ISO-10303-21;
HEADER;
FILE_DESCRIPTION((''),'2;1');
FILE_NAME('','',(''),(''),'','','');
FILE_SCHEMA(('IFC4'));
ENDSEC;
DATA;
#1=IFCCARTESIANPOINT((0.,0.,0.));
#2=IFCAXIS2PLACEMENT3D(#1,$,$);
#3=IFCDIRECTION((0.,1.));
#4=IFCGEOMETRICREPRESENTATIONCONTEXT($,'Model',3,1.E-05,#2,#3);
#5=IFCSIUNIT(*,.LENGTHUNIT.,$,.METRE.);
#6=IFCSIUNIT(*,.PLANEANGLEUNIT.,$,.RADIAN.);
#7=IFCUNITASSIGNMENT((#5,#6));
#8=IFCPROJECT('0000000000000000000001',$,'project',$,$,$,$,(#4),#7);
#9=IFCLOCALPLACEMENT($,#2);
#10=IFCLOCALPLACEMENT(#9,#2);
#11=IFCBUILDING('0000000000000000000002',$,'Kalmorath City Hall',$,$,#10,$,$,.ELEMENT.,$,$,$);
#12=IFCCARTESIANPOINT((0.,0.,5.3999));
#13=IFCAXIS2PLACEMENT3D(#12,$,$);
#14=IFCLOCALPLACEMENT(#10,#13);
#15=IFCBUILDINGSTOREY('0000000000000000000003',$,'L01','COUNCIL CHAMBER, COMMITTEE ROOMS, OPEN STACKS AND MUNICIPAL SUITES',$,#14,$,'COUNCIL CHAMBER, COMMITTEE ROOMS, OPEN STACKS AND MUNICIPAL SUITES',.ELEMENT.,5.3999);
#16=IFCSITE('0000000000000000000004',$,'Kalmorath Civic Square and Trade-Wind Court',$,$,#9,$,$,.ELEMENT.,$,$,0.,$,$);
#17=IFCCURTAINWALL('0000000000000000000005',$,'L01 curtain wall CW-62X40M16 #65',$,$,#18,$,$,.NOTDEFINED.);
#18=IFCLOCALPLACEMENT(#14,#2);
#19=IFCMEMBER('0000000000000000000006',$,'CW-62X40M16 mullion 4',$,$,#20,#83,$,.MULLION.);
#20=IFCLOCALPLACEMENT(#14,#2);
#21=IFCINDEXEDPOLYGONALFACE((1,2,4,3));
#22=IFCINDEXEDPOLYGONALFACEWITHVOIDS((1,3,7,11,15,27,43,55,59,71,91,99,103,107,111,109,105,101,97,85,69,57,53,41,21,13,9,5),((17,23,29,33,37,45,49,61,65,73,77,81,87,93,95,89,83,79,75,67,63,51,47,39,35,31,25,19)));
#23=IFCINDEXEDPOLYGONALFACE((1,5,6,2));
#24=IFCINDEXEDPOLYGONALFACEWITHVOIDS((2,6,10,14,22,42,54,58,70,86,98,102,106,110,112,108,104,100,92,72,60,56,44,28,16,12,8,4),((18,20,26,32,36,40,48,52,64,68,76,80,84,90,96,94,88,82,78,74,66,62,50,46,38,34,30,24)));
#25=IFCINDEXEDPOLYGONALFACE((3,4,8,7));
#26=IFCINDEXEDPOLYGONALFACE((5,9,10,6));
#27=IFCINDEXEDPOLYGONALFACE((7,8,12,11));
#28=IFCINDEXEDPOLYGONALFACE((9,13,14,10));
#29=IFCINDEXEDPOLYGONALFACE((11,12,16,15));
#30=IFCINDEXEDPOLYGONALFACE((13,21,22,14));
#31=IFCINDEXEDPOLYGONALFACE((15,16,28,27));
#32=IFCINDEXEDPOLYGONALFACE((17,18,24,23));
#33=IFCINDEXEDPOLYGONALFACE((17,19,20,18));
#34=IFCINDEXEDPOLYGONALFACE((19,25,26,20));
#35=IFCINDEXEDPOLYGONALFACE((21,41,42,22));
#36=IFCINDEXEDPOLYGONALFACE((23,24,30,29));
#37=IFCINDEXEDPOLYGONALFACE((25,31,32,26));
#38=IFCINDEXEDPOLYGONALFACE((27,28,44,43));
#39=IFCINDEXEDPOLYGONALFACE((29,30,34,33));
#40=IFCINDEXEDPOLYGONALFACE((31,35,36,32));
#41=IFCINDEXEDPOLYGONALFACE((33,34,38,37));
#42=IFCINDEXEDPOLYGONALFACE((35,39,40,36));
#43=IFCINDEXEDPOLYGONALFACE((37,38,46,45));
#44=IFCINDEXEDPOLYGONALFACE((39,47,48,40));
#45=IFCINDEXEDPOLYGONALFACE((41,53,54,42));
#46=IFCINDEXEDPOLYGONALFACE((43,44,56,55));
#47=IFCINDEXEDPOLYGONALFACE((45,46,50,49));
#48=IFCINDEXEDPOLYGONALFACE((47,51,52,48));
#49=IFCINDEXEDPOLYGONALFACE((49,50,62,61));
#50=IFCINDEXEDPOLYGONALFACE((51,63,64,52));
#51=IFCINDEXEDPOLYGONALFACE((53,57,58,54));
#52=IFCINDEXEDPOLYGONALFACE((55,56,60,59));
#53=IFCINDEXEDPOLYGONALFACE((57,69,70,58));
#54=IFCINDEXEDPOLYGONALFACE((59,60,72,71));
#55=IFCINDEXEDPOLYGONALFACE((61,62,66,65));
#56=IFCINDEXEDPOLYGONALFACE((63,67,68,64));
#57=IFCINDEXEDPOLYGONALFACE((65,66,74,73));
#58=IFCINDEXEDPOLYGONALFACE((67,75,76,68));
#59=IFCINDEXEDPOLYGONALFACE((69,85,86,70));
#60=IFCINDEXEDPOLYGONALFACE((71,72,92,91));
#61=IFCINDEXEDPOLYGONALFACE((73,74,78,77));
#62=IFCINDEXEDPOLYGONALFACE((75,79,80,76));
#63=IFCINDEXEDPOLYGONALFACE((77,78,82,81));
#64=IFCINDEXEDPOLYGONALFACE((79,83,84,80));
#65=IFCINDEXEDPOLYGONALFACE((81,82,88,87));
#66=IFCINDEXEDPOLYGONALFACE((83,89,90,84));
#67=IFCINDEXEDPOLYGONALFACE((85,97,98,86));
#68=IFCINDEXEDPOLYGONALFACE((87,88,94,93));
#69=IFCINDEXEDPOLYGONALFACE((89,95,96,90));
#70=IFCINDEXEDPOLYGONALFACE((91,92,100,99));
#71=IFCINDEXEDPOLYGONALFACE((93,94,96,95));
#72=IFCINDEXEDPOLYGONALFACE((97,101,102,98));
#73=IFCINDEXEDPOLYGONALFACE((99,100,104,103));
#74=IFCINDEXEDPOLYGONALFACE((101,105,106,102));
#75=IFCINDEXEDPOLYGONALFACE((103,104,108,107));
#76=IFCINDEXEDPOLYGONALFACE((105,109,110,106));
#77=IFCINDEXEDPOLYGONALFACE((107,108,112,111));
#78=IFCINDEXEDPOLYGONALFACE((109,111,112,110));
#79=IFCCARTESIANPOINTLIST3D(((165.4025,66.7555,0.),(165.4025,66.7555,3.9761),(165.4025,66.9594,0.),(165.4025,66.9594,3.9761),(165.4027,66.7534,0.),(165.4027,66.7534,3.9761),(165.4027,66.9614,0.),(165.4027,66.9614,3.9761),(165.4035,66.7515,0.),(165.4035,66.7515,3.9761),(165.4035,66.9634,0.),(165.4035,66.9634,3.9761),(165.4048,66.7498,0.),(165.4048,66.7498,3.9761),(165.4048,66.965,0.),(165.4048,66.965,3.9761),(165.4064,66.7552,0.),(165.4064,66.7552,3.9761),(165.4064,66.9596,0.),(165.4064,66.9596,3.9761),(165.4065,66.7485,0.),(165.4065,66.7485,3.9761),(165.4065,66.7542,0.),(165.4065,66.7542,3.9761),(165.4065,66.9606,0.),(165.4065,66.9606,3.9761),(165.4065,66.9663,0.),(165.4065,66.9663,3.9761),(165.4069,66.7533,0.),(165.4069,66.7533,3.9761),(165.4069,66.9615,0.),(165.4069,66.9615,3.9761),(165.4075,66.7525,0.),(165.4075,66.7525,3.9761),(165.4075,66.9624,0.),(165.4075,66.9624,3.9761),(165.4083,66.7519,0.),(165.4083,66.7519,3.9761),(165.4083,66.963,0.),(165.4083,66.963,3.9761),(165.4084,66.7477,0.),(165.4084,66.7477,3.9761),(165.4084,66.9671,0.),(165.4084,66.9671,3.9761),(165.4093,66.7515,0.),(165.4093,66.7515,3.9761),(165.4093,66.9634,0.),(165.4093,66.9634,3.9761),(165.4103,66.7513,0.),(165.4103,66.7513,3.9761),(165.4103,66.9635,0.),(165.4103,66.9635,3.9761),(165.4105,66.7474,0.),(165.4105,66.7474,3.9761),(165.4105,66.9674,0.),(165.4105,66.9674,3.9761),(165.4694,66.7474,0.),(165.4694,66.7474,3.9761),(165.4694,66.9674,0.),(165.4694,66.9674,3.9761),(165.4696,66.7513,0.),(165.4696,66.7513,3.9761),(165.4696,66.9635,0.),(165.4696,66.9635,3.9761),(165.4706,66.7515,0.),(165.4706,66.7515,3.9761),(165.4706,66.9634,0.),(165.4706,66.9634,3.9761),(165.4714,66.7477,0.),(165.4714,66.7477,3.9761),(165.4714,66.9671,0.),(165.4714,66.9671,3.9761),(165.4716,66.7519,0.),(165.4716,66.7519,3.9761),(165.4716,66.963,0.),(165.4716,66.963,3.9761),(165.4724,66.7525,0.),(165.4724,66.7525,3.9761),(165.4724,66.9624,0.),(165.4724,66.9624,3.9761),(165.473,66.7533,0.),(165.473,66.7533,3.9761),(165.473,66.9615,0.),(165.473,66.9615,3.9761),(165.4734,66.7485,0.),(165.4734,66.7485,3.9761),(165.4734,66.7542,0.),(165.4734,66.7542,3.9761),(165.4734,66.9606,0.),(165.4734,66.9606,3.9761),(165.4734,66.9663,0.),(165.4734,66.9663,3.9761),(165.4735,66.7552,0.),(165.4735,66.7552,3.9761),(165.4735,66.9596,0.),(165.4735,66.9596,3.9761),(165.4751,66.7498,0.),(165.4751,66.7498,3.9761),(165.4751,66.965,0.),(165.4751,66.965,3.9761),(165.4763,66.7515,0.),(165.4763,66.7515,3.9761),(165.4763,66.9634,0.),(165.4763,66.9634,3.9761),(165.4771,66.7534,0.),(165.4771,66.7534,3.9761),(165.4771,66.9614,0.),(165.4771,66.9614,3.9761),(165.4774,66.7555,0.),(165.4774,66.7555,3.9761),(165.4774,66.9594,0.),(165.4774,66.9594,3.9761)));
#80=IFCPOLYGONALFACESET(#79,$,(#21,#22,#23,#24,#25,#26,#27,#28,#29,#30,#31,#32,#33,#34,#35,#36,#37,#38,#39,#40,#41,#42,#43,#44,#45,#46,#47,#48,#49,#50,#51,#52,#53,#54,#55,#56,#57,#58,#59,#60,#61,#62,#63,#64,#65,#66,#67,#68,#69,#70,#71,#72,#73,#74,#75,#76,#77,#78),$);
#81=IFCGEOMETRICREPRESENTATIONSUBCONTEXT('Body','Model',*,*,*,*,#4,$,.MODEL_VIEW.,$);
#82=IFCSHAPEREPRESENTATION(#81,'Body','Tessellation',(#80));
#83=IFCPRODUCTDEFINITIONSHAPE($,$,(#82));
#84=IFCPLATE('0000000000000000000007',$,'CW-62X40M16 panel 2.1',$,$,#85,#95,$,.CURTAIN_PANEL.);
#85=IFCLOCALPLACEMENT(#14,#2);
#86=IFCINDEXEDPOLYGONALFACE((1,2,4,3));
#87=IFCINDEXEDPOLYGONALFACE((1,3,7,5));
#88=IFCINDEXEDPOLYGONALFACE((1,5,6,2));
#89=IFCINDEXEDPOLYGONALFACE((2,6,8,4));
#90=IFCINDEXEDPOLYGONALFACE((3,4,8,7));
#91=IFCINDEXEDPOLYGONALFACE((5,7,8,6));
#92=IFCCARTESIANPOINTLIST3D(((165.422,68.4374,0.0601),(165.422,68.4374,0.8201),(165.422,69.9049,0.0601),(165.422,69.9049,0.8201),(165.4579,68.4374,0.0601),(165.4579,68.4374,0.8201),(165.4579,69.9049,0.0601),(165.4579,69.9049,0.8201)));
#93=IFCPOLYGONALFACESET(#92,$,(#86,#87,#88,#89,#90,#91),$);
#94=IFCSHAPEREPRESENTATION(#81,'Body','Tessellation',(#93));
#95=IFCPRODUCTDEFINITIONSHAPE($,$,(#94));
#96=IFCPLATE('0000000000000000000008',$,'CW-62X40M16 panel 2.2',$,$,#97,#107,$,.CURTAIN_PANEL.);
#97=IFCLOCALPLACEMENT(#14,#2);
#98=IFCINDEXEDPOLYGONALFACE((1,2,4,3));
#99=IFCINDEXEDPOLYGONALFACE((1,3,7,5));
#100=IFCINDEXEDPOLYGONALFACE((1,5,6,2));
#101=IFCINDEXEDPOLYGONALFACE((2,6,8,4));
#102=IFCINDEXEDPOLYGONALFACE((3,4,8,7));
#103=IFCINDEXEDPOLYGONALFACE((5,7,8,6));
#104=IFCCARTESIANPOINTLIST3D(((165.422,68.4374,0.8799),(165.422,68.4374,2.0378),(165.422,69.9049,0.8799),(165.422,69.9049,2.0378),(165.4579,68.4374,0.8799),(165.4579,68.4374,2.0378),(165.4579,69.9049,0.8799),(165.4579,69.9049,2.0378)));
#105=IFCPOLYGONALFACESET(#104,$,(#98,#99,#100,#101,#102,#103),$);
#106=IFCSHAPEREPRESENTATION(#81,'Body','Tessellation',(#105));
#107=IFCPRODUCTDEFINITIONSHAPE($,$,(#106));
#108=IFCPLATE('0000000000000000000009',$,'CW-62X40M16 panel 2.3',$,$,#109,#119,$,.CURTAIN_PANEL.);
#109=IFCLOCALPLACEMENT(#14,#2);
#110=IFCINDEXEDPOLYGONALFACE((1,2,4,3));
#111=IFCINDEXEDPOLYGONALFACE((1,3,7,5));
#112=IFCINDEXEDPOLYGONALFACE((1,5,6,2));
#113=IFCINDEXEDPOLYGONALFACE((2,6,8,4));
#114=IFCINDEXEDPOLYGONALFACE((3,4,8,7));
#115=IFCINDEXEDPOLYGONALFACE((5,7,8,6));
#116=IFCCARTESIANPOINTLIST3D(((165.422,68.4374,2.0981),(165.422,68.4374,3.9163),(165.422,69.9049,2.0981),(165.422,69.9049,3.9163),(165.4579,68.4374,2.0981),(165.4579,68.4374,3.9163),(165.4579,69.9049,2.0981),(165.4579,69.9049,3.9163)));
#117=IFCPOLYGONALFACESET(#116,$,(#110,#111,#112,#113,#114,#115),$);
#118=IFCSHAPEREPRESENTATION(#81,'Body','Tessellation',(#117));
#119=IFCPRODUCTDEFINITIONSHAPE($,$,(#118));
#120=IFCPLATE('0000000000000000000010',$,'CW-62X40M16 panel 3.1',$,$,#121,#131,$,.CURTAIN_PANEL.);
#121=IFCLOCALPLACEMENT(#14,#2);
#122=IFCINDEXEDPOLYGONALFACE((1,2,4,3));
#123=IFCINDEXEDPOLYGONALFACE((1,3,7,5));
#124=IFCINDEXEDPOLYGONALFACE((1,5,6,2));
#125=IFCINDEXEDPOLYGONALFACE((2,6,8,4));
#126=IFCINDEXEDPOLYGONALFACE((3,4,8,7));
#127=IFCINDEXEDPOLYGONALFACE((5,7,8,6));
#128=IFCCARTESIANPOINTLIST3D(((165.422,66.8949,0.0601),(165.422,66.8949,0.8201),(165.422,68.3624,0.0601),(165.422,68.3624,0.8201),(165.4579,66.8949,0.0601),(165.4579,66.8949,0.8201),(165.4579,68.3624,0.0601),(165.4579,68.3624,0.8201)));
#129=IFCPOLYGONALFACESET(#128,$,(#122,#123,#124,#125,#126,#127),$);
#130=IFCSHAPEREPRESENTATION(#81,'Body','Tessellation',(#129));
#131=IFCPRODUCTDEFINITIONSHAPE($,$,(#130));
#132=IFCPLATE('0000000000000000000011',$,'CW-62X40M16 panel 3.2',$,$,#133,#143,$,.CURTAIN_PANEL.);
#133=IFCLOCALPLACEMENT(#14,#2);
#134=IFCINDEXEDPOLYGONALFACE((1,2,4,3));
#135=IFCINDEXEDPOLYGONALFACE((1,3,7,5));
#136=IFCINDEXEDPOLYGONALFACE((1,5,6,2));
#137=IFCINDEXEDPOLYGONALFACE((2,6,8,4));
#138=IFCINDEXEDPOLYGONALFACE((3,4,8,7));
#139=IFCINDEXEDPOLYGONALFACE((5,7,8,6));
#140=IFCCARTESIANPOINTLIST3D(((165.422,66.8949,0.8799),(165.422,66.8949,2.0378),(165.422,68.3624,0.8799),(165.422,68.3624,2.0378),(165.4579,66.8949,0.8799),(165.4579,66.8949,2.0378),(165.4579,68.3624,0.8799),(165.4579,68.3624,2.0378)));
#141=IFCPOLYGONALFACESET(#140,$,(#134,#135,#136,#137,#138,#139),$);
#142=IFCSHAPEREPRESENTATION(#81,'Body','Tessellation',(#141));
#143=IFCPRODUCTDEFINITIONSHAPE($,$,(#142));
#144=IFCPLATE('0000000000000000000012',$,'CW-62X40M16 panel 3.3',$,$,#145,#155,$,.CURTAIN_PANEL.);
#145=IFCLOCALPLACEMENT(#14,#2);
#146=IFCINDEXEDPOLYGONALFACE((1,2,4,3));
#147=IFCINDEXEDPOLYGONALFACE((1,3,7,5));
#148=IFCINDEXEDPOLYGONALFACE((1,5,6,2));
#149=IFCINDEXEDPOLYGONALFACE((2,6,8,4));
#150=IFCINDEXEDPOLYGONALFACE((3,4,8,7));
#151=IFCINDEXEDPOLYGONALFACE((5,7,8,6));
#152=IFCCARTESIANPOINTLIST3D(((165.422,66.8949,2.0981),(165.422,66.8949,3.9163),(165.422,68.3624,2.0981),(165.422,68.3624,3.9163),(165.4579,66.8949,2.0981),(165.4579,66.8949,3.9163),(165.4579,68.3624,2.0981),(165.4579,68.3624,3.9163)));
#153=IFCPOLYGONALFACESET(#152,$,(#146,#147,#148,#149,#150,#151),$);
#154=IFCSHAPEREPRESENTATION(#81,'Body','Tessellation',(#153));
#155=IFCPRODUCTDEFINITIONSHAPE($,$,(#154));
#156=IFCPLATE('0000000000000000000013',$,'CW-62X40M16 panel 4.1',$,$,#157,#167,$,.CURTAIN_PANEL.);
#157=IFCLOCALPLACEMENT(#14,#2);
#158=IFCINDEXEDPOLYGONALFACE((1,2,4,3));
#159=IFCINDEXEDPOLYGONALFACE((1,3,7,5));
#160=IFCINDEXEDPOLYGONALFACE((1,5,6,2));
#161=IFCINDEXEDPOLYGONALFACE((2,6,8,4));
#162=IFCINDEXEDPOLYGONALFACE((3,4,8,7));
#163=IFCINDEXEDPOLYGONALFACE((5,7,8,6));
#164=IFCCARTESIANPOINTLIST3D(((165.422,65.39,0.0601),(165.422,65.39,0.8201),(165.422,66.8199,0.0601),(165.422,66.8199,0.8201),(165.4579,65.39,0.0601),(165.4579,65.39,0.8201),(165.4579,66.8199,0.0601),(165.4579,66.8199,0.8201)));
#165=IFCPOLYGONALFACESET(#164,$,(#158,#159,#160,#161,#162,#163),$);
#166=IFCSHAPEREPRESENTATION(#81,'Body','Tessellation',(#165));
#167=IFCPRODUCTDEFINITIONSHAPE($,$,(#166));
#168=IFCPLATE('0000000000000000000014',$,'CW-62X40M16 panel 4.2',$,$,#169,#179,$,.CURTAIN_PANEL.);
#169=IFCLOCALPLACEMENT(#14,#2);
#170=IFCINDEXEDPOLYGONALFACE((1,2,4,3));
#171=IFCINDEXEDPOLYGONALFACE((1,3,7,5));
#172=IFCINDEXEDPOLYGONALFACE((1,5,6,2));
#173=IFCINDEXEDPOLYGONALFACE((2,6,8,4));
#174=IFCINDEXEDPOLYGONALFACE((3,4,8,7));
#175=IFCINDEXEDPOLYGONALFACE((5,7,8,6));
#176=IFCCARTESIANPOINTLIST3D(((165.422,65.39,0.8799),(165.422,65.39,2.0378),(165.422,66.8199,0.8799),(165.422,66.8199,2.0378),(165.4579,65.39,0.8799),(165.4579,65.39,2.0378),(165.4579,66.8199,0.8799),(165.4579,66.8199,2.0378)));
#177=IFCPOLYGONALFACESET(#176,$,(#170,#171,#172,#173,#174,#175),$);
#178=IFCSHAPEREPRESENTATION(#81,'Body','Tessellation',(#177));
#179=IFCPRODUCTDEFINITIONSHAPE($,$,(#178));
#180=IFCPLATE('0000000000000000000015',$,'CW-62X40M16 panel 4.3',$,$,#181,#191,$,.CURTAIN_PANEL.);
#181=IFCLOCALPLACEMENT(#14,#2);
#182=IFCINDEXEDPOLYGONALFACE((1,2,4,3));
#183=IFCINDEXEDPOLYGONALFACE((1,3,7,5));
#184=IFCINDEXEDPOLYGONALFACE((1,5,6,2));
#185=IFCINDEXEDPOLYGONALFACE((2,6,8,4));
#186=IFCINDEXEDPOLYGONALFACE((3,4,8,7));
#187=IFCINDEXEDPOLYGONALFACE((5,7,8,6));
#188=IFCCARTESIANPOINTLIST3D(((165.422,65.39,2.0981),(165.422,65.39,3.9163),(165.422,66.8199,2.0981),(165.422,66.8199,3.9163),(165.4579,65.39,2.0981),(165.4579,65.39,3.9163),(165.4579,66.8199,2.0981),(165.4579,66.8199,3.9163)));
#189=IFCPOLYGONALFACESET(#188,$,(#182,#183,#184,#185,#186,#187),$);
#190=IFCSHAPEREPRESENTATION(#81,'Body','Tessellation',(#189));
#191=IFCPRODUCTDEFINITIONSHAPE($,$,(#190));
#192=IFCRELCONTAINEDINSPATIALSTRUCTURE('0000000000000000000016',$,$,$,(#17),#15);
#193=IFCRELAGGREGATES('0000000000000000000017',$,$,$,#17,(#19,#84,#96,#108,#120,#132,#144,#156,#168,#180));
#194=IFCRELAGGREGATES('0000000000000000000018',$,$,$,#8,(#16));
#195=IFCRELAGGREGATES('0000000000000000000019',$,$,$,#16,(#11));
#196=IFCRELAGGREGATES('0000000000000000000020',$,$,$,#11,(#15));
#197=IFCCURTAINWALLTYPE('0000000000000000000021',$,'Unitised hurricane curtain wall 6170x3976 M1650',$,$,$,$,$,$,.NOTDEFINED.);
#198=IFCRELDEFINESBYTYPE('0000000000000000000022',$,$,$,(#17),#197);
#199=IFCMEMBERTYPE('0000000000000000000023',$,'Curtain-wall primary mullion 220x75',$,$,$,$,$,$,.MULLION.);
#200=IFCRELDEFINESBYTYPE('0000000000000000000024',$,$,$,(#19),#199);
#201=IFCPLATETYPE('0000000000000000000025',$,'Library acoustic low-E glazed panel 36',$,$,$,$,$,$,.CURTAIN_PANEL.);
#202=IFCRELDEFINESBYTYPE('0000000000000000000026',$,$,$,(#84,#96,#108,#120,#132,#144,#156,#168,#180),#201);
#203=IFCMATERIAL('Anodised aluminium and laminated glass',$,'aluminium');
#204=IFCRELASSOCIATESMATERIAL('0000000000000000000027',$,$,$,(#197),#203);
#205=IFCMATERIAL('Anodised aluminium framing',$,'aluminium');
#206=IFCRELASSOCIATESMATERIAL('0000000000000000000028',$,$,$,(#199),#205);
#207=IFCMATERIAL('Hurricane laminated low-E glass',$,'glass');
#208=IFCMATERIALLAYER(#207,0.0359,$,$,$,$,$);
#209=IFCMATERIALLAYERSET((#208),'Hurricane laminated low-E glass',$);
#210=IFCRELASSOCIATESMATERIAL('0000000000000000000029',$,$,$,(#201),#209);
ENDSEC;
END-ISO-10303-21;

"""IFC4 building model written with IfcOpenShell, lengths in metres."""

from ifc_helpers import new_model, si_unit, direction, frame, origin, origin_2d, place, context, subcontext, project, spatial, rectangle, hollow_rectangle, extrude, material, layer, layer_set, material_profile, profile_set, type_object, element, aggregate, save


model = new_model("IFC4")

# Units and contexts
model_context = context("Model", 3, precision=1e-05, world=origin(), true_north=direction((0.0, 1.0)))
body_context = subcontext(model_context, "Body", "Model", "MODEL_VIEW")
ifc_project = project(units=[si_unit("LENGTHUNIT", "METRE"), si_unit("PLANEANGLEUNIT", "RADIAN")], contexts=[model_context])

# Site, building, storey
site_placement = place(None, origin())
site = spatial("IfcSite", under=ifc_project, at=site_placement, Name="Kalmorath Civic Square and Trade-Wind Court", CompositionType="ELEMENT", RefElevation=0.0)
building_placement = place(site_placement, origin())
building = spatial("IfcBuilding", under=site, at=building_placement, Name="Kalmorath City Hall", CompositionType="ELEMENT")
storey_placement = place(building_placement, frame((0.0, 0.0, 5.3999)))
storey = spatial("IfcBuildingStorey", under=building, at=storey_placement, Name="L01", Description="COUNCIL CHAMBER, COMMITTEE ROOMS, OPEN STACKS AND MUNICIPAL SUITES", LongName="COUNCIL CHAMBER, COMMITTEE ROOMS, OPEN STACKS AND MUNICIPAL SUITES", CompositionType="ELEMENT", Elevation=5.3999)

# Curtain wall, member, plates
ifc_material_1 = material(Name="Anodised aluminium and laminated glass", Category="aluminium")
curtain_wall_type = type_object("IfcCurtainWallType", Name="Unitised hurricane curtain wall 6170x3976 M1650", PredefinedType="NOTDEFINED", material=ifc_material_1)
curtain_wall_placement = place(storey_placement, origin())
curtain_wall = element("IfcCurtainWall", 1, at=curtain_wall_placement, inside=storey, type_object=curtain_wall_type, Name="L01 curtain wall CW-62X40M16 #65", PredefinedType="NOTDEFINED")
ifc_material_2 = material(Name="Anodised aluminium framing", Category="aluminium")
ifc_material_profile_1 = material_profile(ifc_material_2, hollow_rectangle(XDim=0.075, YDim=0.22, WallThickness=0.0039, InnerFilletRadius=0.0039, OuterFilletRadius=0.0081, at=origin_2d()), Name="ALU-MUL-220X75X4")
ifc_profile_set_1 = profile_set([ifc_material_profile_1], Name="Anodised aluminium framing")
member_type_1 = type_object("IfcMemberType", Name="Curtain-wall primary mullion 220x75", PredefinedType="MULLION", material=ifc_profile_set_1)
member_1_placement = place(storey_placement, frame((165.4399, 66.8574, 0.0), z_axis=(0.0, 0.0, 1.0), x_axis=(1.0, 0.0, 0.0)))
member_1 = element("IfcMember", 2, at=member_1_placement, type_object=member_type_1, Name="CW-62X40M16 mullion 4", PredefinedType="MULLION", context=body_context, shape_type="SweptSolid", body=[
    extrude(hollow_rectangle(XDim=0.075, YDim=0.22, WallThickness=0.0039, InnerFilletRadius=0.0039, OuterFilletRadius=0.0081, at=origin_2d()), origin(), (0.0, 0.0, 1.0), 3.9761),
])
ifc_material_3 = material(Name="Hurricane laminated low-E glass", Category="glass")
ifc_layer_1 = layer(ifc_material_3, 0.0359)
ifc_layer_set_1 = layer_set([ifc_layer_1], Name="Hurricane laminated low-E glass")
plate_type = type_object("IfcPlateType", Name="Library acoustic low-E glazed panel 36", PredefinedType="CURTAIN_PANEL", material=ifc_layer_set_1)
plate_1_placement = place(storey_placement, frame((165.4399, 69.1711, 0.0601), z_axis=(0.0, 0.0, 1.0), x_axis=(0.0, -1.0, 0.0)))
plate_1 = element("IfcPlate", 3, at=plate_1_placement, type_object=plate_type, Name="CW-62X40M16 panel 2.1", PredefinedType="CURTAIN_PANEL", context=body_context, shape_type="SweptSolid", body=[
    extrude(rectangle(XDim=1.4675, YDim=0.0359, at=origin_2d()), origin(), (0.0, 0.0, 1.0), 0.76),
])
plate_2_placement = place(storey_placement, frame((165.4399, 69.1711, 0.8799), z_axis=(0.0, 0.0, 1.0), x_axis=(0.0, -1.0, 0.0)))
plate_2 = element("IfcPlate", 4, at=plate_2_placement, type_object=plate_type, Name="CW-62X40M16 panel 2.2", PredefinedType="CURTAIN_PANEL", context=body_context, shape_type="SweptSolid", body=[
    extrude(rectangle(XDim=1.4675, YDim=0.0359, at=origin_2d()), origin(), (0.0, 0.0, 1.0), 1.158),
])
plate_3_placement = place(storey_placement, frame((165.4399, 69.1711, 2.0981), z_axis=(0.0, 0.0, 1.0), x_axis=(0.0, -1.0, 0.0)))
plate_3 = element("IfcPlate", 5, at=plate_3_placement, type_object=plate_type, Name="CW-62X40M16 panel 2.3", PredefinedType="CURTAIN_PANEL", context=body_context, shape_type="SweptSolid", body=[
    extrude(rectangle(XDim=1.4675, YDim=0.0359, at=origin_2d()), origin(), (0.0, 0.0, 1.0), 1.8181),
])
plate_4_placement = place(storey_placement, frame((165.4399, 67.6287, 0.0601), z_axis=(0.0, 0.0, 1.0), x_axis=(0.0, -1.0, 0.0)))
plate_4 = element("IfcPlate", 6, at=plate_4_placement, type_object=plate_type, Name="CW-62X40M16 panel 3.1", PredefinedType="CURTAIN_PANEL", context=body_context, shape_type="SweptSolid", body=[
    extrude(rectangle(XDim=1.4675, YDim=0.0359, at=origin_2d()), origin(), (0.0, 0.0, 1.0), 0.76),
])
plate_5_placement = place(storey_placement, frame((165.4399, 67.6287, 0.8799), z_axis=(0.0, 0.0, 1.0), x_axis=(0.0, -1.0, 0.0)))
plate_5 = element("IfcPlate", 7, at=plate_5_placement, type_object=plate_type, Name="CW-62X40M16 panel 3.2", PredefinedType="CURTAIN_PANEL", context=body_context, shape_type="SweptSolid", body=[
    extrude(rectangle(XDim=1.4675, YDim=0.0359, at=origin_2d()), origin(), (0.0, 0.0, 1.0), 1.158),
])
plate_6_placement = place(storey_placement, frame((165.4399, 67.6287, 2.0981), z_axis=(0.0, 0.0, 1.0), x_axis=(0.0, -1.0, 0.0)))
plate_6 = element("IfcPlate", 8, at=plate_6_placement, type_object=plate_type, Name="CW-62X40M16 panel 3.3", PredefinedType="CURTAIN_PANEL", context=body_context, shape_type="SweptSolid", body=[
    extrude(rectangle(XDim=1.4675, YDim=0.0359, at=origin_2d()), origin(), (0.0, 0.0, 1.0), 1.8181),
])
plate_7_placement = place(storey_placement, frame((165.4399, 66.105, 0.0601), z_axis=(0.0, 0.0, 1.0), x_axis=(0.0, -1.0, 0.0)))
plate_7 = element("IfcPlate", 9, at=plate_7_placement, type_object=plate_type, Name="CW-62X40M16 panel 4.1", PredefinedType="CURTAIN_PANEL", context=body_context, shape_type="SweptSolid", body=[
    extrude(rectangle(XDim=1.4299, YDim=0.0359, at=origin_2d()), origin(), (0.0, 0.0, 1.0), 0.76),
])
plate_8_placement = place(storey_placement, frame((165.4399, 66.105, 0.8799), z_axis=(0.0, 0.0, 1.0), x_axis=(0.0, -1.0, 0.0)))
plate_8 = element("IfcPlate", 10, at=plate_8_placement, type_object=plate_type, Name="CW-62X40M16 panel 4.2", PredefinedType="CURTAIN_PANEL", context=body_context, shape_type="SweptSolid", body=[
    extrude(rectangle(XDim=1.4299, YDim=0.0359, at=origin_2d()), origin(), (0.0, 0.0, 1.0), 1.158),
])
plate_9_placement = place(storey_placement, frame((165.4399, 66.105, 2.0981), z_axis=(0.0, 0.0, 1.0), x_axis=(0.0, -1.0, 0.0)))
plate_9 = element("IfcPlate", 11, at=plate_9_placement, type_object=plate_type, Name="CW-62X40M16 panel 4.3", PredefinedType="CURTAIN_PANEL", context=body_context, shape_type="SweptSolid", body=[
    extrude(rectangle(XDim=1.4299, YDim=0.0359, at=origin_2d()), origin(), (0.0, 0.0, 1.0), 1.8181),
])
aggregate(curtain_wall, [member_1, plate_1, plate_2, plate_3, plate_4, plate_5, plate_6, plate_7, plate_8, plate_9])

save(model, "model.ifc")
